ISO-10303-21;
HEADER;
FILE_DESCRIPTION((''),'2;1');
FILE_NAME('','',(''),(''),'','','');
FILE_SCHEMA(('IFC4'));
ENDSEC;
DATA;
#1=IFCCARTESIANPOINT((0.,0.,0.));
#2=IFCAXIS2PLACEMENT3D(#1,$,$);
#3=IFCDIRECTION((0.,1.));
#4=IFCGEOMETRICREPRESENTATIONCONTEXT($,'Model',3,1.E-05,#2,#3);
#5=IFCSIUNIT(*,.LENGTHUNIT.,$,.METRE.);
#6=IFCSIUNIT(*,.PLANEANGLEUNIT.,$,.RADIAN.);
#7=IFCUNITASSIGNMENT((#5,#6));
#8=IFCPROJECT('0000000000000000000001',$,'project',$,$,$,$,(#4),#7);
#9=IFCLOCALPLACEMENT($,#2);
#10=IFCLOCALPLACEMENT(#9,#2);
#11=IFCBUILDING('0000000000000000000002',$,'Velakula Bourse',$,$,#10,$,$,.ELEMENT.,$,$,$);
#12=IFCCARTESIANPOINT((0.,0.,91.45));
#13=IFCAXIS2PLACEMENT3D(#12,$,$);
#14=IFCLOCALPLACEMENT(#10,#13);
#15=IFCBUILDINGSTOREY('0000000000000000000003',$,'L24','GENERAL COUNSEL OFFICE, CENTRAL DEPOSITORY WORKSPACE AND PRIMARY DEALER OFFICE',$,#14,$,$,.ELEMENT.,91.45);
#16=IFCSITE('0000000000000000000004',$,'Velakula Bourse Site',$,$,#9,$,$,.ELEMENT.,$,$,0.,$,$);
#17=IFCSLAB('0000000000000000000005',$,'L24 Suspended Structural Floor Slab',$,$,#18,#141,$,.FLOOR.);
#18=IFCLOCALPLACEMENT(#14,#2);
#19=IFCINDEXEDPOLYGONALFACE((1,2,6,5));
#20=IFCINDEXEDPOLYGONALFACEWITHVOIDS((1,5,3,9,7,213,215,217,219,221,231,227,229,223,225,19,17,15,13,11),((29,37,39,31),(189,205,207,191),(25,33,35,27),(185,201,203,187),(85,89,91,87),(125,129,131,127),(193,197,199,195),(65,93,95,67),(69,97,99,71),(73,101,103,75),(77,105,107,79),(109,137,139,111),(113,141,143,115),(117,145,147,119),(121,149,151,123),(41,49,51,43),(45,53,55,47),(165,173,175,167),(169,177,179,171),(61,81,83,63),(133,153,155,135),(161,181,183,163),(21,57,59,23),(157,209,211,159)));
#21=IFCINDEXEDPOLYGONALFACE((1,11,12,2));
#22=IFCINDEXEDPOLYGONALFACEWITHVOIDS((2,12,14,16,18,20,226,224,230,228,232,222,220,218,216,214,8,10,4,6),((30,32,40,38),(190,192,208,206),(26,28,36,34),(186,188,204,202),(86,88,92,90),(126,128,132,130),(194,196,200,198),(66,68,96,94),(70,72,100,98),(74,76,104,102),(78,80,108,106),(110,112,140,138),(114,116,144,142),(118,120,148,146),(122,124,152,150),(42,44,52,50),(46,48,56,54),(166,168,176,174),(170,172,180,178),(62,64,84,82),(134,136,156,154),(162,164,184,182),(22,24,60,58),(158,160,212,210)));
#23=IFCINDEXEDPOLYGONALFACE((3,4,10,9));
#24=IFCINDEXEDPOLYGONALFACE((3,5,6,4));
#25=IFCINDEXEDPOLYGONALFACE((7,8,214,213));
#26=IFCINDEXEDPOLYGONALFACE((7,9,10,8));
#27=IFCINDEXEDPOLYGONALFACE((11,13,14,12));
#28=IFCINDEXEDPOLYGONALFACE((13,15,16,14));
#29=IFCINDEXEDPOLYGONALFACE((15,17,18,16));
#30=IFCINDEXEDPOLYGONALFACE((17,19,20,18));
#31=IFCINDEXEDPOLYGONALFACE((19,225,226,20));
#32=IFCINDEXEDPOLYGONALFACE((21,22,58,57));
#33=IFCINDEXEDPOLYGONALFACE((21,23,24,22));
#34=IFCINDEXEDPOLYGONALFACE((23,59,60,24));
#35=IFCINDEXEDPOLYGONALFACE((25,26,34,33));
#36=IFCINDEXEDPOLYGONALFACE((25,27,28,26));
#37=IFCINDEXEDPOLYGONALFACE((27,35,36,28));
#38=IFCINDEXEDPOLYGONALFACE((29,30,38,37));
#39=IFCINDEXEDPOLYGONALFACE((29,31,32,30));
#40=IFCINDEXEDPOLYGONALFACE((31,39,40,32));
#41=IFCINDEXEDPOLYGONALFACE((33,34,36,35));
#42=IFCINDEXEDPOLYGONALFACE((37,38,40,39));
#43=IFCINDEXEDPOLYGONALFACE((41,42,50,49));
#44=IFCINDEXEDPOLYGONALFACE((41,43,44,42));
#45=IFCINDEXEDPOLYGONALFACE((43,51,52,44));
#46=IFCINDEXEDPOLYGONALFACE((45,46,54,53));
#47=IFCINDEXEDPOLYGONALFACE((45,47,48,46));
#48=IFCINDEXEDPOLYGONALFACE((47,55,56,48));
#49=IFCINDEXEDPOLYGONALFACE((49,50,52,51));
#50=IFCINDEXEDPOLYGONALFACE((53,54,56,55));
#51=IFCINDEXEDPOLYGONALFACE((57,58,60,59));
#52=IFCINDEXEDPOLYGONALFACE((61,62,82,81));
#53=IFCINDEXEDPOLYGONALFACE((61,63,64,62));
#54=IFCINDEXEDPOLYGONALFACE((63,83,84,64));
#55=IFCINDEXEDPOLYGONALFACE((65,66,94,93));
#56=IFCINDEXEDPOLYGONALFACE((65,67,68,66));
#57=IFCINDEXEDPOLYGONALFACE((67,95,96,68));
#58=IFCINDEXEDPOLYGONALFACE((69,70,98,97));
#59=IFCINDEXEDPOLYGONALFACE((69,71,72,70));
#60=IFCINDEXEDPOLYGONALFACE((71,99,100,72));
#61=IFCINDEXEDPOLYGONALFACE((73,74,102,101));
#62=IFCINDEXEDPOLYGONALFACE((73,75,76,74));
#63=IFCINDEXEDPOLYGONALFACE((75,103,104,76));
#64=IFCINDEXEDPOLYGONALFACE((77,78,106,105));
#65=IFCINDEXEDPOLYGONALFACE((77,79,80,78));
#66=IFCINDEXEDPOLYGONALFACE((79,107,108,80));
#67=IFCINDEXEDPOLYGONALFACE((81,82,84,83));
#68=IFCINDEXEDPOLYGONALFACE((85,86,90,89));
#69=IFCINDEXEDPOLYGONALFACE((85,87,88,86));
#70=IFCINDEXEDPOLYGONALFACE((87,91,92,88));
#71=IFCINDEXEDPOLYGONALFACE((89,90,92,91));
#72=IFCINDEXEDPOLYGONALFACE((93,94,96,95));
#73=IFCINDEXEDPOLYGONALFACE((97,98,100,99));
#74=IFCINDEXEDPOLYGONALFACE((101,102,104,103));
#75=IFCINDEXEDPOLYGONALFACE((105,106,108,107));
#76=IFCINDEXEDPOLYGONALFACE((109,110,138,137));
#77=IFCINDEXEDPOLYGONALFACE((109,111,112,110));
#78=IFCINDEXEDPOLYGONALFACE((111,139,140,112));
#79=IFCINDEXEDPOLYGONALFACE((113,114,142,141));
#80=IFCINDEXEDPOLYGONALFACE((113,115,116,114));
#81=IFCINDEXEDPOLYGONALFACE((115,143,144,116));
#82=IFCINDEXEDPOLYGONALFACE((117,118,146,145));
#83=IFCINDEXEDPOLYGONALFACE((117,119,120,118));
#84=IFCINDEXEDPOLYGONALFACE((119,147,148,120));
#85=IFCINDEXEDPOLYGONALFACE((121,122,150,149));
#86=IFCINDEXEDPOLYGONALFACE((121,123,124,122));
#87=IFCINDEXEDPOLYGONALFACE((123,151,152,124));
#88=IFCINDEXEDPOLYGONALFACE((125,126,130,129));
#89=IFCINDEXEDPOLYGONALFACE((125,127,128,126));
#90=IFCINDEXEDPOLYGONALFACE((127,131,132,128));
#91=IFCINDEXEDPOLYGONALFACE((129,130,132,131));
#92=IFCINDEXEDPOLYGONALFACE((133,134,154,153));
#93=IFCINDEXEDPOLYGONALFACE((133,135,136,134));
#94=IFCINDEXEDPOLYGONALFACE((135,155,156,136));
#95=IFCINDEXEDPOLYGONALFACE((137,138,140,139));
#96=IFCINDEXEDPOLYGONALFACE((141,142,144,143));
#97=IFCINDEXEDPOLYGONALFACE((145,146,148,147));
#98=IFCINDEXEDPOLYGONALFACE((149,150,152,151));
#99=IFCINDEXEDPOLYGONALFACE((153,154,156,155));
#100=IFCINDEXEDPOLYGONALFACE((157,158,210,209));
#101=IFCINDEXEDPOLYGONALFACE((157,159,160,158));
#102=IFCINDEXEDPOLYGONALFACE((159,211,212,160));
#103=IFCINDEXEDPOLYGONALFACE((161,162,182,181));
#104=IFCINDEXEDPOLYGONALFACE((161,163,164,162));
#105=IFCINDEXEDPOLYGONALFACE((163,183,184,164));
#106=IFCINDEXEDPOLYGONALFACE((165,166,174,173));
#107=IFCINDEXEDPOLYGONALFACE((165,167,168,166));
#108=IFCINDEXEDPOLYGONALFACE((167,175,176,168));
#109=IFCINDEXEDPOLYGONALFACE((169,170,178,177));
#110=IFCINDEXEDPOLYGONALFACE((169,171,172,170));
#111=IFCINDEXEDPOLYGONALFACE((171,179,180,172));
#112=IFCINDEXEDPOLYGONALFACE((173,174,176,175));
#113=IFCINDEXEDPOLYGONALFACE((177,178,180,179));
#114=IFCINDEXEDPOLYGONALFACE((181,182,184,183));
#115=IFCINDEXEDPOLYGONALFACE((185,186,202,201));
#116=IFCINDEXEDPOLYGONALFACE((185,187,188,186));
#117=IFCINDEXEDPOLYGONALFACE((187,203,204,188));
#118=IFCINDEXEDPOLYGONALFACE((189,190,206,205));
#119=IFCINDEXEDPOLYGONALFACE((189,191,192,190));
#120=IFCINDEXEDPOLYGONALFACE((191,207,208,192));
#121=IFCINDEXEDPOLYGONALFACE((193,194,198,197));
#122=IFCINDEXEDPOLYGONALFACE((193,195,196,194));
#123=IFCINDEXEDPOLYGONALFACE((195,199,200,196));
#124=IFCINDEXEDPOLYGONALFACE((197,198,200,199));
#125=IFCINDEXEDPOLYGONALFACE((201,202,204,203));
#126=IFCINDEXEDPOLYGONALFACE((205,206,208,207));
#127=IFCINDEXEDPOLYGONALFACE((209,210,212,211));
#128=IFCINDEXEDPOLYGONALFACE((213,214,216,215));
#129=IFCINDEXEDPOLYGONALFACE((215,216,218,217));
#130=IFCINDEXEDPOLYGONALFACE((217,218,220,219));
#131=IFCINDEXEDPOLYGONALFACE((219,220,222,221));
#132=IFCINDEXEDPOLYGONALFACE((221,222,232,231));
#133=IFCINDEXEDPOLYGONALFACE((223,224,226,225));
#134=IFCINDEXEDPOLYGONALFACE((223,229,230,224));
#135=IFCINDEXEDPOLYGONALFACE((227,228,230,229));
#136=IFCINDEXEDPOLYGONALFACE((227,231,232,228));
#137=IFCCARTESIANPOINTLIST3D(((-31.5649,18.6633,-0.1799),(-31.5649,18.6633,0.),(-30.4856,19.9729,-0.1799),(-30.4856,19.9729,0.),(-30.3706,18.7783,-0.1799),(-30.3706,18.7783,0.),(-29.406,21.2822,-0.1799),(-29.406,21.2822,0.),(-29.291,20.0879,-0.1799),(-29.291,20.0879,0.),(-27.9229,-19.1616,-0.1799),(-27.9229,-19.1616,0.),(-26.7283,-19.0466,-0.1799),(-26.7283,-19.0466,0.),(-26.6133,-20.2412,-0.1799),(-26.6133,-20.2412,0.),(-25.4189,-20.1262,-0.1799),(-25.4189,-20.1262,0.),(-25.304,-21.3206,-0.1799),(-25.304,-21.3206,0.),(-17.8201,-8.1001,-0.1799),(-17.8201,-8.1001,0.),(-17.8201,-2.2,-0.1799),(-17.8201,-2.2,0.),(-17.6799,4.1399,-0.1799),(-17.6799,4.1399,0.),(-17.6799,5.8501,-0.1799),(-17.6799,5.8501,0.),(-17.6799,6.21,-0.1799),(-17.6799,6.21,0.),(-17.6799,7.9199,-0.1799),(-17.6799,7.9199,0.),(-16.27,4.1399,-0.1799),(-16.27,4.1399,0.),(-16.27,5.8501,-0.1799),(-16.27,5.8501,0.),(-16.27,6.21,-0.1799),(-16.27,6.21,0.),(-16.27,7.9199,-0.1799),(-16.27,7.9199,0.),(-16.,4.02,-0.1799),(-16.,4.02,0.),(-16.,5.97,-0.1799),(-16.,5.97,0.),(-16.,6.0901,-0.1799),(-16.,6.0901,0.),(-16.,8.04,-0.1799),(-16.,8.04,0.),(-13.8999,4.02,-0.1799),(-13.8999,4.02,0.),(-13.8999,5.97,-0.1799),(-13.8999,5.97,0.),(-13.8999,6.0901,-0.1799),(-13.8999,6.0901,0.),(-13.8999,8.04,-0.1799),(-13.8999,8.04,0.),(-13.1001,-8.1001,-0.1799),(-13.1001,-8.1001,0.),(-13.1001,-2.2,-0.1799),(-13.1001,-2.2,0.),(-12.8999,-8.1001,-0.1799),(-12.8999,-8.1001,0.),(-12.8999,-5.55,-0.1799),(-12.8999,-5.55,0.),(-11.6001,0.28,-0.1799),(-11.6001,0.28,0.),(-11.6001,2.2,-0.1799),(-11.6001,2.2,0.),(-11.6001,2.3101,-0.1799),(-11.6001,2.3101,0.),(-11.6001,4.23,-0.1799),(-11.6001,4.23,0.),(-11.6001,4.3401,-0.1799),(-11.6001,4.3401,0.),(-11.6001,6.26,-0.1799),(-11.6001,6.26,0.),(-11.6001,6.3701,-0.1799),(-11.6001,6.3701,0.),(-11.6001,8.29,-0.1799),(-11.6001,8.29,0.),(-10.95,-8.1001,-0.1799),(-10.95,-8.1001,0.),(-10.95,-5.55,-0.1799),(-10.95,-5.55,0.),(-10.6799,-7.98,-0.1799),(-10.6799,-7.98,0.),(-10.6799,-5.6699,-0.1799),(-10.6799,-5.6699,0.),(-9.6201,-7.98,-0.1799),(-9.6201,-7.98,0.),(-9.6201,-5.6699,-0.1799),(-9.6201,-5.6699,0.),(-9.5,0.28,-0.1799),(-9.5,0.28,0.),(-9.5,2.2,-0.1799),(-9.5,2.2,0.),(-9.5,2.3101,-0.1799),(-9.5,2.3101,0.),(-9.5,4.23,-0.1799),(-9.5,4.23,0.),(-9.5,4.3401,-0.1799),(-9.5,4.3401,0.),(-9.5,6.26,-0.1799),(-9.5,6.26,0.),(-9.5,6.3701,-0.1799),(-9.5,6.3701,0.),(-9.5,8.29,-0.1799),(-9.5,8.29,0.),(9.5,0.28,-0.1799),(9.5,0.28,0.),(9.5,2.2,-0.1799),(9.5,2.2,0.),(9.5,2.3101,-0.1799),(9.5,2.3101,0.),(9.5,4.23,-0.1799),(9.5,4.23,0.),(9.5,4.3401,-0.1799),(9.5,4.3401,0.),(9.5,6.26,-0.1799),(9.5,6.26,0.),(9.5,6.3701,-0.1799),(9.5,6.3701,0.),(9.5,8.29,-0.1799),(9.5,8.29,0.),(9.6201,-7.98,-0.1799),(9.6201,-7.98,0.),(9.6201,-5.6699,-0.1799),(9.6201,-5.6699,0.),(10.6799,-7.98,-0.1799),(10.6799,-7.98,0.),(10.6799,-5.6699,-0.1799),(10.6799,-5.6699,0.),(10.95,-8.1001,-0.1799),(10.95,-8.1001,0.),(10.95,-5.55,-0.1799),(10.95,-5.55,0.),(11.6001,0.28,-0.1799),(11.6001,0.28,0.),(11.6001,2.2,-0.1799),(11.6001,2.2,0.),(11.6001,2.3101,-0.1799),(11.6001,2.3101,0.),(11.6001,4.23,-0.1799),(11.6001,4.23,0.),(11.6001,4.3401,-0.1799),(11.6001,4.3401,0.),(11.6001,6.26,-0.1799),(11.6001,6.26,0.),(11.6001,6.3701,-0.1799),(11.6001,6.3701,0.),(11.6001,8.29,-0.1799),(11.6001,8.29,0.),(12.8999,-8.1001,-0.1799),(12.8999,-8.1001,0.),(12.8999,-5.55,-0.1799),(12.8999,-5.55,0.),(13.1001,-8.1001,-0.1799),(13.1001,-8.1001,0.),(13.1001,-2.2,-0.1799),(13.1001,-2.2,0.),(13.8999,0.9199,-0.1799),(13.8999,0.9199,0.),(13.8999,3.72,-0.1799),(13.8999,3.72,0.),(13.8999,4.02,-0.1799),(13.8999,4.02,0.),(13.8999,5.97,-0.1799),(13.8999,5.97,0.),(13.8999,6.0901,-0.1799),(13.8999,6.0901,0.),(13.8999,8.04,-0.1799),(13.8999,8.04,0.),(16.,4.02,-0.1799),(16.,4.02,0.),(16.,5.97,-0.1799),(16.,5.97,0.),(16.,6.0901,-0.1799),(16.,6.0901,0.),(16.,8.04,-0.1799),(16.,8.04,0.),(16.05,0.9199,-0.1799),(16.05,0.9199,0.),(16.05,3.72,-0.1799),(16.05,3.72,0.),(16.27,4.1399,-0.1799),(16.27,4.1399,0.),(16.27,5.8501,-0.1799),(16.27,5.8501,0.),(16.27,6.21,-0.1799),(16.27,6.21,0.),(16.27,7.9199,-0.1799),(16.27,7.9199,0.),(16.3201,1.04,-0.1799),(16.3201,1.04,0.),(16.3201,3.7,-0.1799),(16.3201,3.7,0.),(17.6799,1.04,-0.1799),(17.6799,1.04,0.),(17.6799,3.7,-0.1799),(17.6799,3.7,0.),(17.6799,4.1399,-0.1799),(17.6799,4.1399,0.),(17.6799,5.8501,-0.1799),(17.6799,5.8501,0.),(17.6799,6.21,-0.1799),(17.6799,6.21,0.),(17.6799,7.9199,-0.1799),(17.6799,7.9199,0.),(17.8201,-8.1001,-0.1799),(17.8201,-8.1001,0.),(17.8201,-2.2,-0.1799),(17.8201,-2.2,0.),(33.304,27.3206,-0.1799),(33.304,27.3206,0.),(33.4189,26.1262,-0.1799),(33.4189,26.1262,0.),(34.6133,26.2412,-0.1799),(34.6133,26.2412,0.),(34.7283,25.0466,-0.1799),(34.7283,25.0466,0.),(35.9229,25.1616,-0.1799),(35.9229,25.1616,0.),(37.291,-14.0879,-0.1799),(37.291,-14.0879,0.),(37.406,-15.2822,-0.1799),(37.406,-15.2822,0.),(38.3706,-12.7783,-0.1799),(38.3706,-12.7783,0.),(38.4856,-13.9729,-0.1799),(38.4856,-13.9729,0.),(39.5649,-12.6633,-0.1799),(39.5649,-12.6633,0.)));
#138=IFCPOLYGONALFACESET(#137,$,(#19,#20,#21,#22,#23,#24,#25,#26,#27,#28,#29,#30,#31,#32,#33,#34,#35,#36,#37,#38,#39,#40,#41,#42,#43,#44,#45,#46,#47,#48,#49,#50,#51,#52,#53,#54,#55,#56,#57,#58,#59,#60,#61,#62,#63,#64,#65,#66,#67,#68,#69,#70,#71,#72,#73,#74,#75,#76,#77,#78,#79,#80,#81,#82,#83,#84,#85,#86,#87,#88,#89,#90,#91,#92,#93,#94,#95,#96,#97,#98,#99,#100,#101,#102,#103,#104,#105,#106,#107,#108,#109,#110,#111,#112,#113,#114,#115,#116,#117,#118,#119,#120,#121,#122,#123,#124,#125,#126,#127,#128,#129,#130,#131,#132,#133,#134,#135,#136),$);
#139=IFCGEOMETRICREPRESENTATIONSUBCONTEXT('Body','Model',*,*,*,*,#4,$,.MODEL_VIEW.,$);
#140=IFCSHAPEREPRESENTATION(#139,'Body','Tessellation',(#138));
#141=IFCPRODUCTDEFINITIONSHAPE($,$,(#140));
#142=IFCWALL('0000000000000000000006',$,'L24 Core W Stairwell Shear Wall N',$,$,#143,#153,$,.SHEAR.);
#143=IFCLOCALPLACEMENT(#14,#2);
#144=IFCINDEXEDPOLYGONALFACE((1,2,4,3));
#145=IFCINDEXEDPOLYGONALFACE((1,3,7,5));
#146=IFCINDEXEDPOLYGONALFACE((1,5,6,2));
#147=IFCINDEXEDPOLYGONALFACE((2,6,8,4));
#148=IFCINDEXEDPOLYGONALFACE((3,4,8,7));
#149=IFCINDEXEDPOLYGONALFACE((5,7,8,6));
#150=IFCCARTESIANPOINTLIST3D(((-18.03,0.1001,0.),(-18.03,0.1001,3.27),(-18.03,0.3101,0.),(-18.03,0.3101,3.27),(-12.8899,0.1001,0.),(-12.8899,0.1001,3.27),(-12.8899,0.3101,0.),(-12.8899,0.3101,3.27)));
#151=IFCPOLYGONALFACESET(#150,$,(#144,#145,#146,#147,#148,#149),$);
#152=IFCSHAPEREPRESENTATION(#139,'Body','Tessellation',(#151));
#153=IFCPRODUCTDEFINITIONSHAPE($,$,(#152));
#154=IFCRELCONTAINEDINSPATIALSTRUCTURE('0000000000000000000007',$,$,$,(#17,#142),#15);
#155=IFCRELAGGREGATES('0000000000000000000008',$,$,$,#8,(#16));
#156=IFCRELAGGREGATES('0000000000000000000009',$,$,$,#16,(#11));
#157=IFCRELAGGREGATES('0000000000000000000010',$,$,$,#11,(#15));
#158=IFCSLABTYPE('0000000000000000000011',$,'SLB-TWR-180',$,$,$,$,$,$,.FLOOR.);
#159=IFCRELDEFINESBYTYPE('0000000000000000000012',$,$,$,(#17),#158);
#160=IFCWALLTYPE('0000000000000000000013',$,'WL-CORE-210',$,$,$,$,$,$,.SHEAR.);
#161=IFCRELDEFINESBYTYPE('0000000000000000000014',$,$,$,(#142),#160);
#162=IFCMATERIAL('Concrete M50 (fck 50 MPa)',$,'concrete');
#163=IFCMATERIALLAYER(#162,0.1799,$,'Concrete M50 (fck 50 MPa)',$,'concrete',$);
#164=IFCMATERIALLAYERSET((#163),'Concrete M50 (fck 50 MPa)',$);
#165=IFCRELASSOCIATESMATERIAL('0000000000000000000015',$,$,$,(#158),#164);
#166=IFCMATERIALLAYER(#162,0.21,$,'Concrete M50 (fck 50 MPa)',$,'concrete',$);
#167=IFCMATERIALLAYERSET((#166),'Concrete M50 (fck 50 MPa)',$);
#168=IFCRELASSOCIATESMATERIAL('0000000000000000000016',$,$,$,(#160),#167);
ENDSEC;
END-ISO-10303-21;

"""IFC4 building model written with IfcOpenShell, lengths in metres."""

from ifc_helpers import new_model, si_unit, direction, frame, frame_2d, origin, place, context, subcontext, project, spatial, polyline, rectangle, outline, extrude, material, layer, layer_set, type_object, element, save


model = new_model("IFC4")

# Units and contexts
model_context = context("Model", 3, precision=1e-05, world=origin(), true_north=direction((0.0, 1.0)))
body_context = subcontext(model_context, "Body", "Model", "MODEL_VIEW")
ifc_project = project(units=[si_unit("LENGTHUNIT", "METRE"), si_unit("PLANEANGLEUNIT", "RADIAN")], contexts=[model_context])

# Site, building, storey
site_placement = place(None, origin())
site = spatial("IfcSite", under=ifc_project, at=site_placement, Name="Velakula Bourse Site", CompositionType="ELEMENT", RefElevation=0.0)
building_placement = place(site_placement, origin())
building = spatial("IfcBuilding", under=site, at=building_placement, Name="Velakula Bourse", CompositionType="ELEMENT")
storey_placement = place(building_placement, frame((0.0, 0.0, 91.45)))
storey = spatial("IfcBuildingStorey", under=building, at=storey_placement, Name="L24", Description="GENERAL COUNSEL OFFICE, CENTRAL DEPOSITORY WORKSPACE AND PRIMARY DEALER OFFICE", CompositionType="ELEMENT", Elevation=91.45)

# Slab
ifc_material_1 = material(Name="Concrete M50 (fck 50 MPa)", Category="concrete")
ifc_layer_1 = layer(ifc_material_1, 0.1799, Name="Concrete M50 (fck 50 MPa)", Category="concrete")
ifc_layer_set_1 = layer_set([ifc_layer_1], Name="Concrete M50 (fck 50 MPa)")
slab_type = type_object("IfcSlabType", Name="SLB-TWR-180", PredefinedType="FLOOR", material=ifc_layer_set_1)
slab_placement = place(storey_placement, frame((0.0, 0.0, -0.1799)))
element("IfcSlab", 1, at=slab_placement, inside=storey, type_object=slab_type, Name="L24 Suspended Structural Floor Slab", PredefinedType="FLOOR", context=body_context, shape_type="SweptSolid", body=[
    extrude(outline(polyline([(-25.304, -21.3206), (37.406, -15.2822), (37.291, -14.0879), (38.4856, -13.9729), (38.3706, -12.7783), (39.5649, -12.6633), (35.9229, 25.1616), (34.7283, 25.0466), (34.6133, 26.2412), (33.4189, 26.1262), (33.304, 27.3206), (-29.406, 21.2822), (-29.291, 20.0879), (-30.4856, 19.9729), (-30.3706, 18.7783), (-31.5649, 18.6633), (-27.9229, -19.1616), (-26.7283, -19.0466), (-26.6133, -20.2412), (-25.4189, -20.1262), (-25.304, -21.3206)]), holes=[polyline([(-17.8201, -8.1001), (-13.1001, -8.1001), (-13.1001, -2.2), (-17.8201, -2.2), (-17.8201, -8.1001)]), polyline([(13.1001, -8.1001), (17.8201, -8.1001), (17.8201, -2.2), (13.1001, -2.2), (13.1001, -8.1001)]), polyline([(-12.8999, -8.1001), (-10.95, -8.1001), (-10.95, -5.55), (-12.8999, -5.55), (-12.8999, -8.1001)]), polyline([(10.95, -8.1001), (12.8999, -8.1001), (12.8999, -5.55), (10.95, -5.55), (10.95, -8.1001)]), polyline([(13.8999, 0.9199), (16.05, 0.9199), (16.05, 3.72), (13.8999, 3.72), (13.8999, 0.9199)]), polyline([(-10.6799, -7.98), (-9.6201, -7.98), (-9.6201, -5.6699), (-10.6799, -5.6699), (-10.6799, -7.98)]), polyline([(-17.6799, 4.1399), (-16.27, 4.1399), (-16.27, 5.8501), (-17.6799, 5.8501), (-17.6799, 4.1399)]), polyline([(-17.6799, 6.21), (-16.27, 6.21), (-16.27, 7.9199), (-17.6799, 7.9199), (-17.6799, 6.21)]), polyline([(9.6201, -7.98), (10.6799, -7.98), (10.6799, -5.6699), (9.6201, -5.6699), (9.6201, -7.98)]), polyline([(16.27, 4.1399), (17.6799, 4.1399), (17.6799, 5.8501), (16.27, 5.8501), (16.27, 4.1399)]), polyline([(16.27, 6.21), (17.6799, 6.21), (17.6799, 7.9199), (16.27, 7.9199), (16.27, 6.21)]), polyline([(16.3201, 1.04), (17.6799, 1.04), (17.6799, 3.7), (16.3201, 3.7), (16.3201, 1.04)]), polyline([(-11.6001, 0.28), (-9.5, 0.28), (-9.5, 2.2), (-11.6001, 2.2), (-11.6001, 0.28)]), polyline([(-11.6001, 2.3101), (-9.5, 2.3101), (-9.5, 4.23), (-11.6001, 4.23), (-11.6001, 2.3101)]), polyline([(-11.6001, 4.3401), (-9.5, 4.3401), (-9.5, 6.26), (-11.6001, 6.26), (-11.6001, 4.3401)]), polyline([(-11.6001, 6.3701), (-9.5, 6.3701), (-9.5, 8.29), (-11.6001, 8.29), (-11.6001, 6.3701)]), polyline([(9.5, 0.28), (11.6001, 0.28), (11.6001, 2.2), (9.5, 2.2), (9.5, 0.28)]), polyline([(9.5, 2.3101), (11.6001, 2.3101), (11.6001, 4.23), (9.5, 4.23), (9.5, 2.3101)]), polyline([(9.5, 4.3401), (11.6001, 4.3401), (11.6001, 6.26), (9.5, 6.26), (9.5, 4.3401)]), polyline([(9.5, 6.3701), (11.6001, 6.3701), (11.6001, 8.29), (9.5, 8.29), (9.5, 6.3701)]), polyline([(-16.0, 4.02), (-13.8999, 4.02), (-13.8999, 5.97), (-16.0, 5.97), (-16.0, 4.02)]), polyline([(-16.0, 6.0901), (-13.8999, 6.0901), (-13.8999, 8.04), (-16.0, 8.04), (-16.0, 6.0901)]), polyline([(13.8999, 4.02), (16.0, 4.02), (16.0, 5.97), (13.8999, 5.97), (13.8999, 4.02)]), polyline([(13.8999, 6.0901), (16.0, 6.0901), (16.0, 8.04), (13.8999, 8.04), (13.8999, 6.0901)])]), origin(), (0.0, 0.0, 1.0), 0.1799),
])

# Wall
ifc_layer_2 = layer(ifc_material_1, 0.21, Name="Concrete M50 (fck 50 MPa)", Category="concrete")
ifc_layer_set_2 = layer_set([ifc_layer_2], Name="Concrete M50 (fck 50 MPa)")
wall_type_1 = type_object("IfcWallType", Name="WL-CORE-210", PredefinedType="SHEAR", material=ifc_layer_set_2)
wall_1_placement = place(storey_placement, frame((-12.8899, 0.2051, 0.0), z_axis=(0.0, 0.0, 1.0), x_axis=(-1.0, 0.0, 0.0)))
element("IfcWall", 2, at=wall_1_placement, inside=storey, type_object=wall_type_1, Name="L24 Core W Stairwell Shear Wall N", PredefinedType="SHEAR", context=body_context, shape_type="SweptSolid", body=[
    extrude(rectangle(XDim=5.1401, YDim=0.21, at=frame_2d((2.5701, 0.0))), origin(), (0.0, 0.0, 1.0), 3.27),
])

save(model, "model.ifc")
